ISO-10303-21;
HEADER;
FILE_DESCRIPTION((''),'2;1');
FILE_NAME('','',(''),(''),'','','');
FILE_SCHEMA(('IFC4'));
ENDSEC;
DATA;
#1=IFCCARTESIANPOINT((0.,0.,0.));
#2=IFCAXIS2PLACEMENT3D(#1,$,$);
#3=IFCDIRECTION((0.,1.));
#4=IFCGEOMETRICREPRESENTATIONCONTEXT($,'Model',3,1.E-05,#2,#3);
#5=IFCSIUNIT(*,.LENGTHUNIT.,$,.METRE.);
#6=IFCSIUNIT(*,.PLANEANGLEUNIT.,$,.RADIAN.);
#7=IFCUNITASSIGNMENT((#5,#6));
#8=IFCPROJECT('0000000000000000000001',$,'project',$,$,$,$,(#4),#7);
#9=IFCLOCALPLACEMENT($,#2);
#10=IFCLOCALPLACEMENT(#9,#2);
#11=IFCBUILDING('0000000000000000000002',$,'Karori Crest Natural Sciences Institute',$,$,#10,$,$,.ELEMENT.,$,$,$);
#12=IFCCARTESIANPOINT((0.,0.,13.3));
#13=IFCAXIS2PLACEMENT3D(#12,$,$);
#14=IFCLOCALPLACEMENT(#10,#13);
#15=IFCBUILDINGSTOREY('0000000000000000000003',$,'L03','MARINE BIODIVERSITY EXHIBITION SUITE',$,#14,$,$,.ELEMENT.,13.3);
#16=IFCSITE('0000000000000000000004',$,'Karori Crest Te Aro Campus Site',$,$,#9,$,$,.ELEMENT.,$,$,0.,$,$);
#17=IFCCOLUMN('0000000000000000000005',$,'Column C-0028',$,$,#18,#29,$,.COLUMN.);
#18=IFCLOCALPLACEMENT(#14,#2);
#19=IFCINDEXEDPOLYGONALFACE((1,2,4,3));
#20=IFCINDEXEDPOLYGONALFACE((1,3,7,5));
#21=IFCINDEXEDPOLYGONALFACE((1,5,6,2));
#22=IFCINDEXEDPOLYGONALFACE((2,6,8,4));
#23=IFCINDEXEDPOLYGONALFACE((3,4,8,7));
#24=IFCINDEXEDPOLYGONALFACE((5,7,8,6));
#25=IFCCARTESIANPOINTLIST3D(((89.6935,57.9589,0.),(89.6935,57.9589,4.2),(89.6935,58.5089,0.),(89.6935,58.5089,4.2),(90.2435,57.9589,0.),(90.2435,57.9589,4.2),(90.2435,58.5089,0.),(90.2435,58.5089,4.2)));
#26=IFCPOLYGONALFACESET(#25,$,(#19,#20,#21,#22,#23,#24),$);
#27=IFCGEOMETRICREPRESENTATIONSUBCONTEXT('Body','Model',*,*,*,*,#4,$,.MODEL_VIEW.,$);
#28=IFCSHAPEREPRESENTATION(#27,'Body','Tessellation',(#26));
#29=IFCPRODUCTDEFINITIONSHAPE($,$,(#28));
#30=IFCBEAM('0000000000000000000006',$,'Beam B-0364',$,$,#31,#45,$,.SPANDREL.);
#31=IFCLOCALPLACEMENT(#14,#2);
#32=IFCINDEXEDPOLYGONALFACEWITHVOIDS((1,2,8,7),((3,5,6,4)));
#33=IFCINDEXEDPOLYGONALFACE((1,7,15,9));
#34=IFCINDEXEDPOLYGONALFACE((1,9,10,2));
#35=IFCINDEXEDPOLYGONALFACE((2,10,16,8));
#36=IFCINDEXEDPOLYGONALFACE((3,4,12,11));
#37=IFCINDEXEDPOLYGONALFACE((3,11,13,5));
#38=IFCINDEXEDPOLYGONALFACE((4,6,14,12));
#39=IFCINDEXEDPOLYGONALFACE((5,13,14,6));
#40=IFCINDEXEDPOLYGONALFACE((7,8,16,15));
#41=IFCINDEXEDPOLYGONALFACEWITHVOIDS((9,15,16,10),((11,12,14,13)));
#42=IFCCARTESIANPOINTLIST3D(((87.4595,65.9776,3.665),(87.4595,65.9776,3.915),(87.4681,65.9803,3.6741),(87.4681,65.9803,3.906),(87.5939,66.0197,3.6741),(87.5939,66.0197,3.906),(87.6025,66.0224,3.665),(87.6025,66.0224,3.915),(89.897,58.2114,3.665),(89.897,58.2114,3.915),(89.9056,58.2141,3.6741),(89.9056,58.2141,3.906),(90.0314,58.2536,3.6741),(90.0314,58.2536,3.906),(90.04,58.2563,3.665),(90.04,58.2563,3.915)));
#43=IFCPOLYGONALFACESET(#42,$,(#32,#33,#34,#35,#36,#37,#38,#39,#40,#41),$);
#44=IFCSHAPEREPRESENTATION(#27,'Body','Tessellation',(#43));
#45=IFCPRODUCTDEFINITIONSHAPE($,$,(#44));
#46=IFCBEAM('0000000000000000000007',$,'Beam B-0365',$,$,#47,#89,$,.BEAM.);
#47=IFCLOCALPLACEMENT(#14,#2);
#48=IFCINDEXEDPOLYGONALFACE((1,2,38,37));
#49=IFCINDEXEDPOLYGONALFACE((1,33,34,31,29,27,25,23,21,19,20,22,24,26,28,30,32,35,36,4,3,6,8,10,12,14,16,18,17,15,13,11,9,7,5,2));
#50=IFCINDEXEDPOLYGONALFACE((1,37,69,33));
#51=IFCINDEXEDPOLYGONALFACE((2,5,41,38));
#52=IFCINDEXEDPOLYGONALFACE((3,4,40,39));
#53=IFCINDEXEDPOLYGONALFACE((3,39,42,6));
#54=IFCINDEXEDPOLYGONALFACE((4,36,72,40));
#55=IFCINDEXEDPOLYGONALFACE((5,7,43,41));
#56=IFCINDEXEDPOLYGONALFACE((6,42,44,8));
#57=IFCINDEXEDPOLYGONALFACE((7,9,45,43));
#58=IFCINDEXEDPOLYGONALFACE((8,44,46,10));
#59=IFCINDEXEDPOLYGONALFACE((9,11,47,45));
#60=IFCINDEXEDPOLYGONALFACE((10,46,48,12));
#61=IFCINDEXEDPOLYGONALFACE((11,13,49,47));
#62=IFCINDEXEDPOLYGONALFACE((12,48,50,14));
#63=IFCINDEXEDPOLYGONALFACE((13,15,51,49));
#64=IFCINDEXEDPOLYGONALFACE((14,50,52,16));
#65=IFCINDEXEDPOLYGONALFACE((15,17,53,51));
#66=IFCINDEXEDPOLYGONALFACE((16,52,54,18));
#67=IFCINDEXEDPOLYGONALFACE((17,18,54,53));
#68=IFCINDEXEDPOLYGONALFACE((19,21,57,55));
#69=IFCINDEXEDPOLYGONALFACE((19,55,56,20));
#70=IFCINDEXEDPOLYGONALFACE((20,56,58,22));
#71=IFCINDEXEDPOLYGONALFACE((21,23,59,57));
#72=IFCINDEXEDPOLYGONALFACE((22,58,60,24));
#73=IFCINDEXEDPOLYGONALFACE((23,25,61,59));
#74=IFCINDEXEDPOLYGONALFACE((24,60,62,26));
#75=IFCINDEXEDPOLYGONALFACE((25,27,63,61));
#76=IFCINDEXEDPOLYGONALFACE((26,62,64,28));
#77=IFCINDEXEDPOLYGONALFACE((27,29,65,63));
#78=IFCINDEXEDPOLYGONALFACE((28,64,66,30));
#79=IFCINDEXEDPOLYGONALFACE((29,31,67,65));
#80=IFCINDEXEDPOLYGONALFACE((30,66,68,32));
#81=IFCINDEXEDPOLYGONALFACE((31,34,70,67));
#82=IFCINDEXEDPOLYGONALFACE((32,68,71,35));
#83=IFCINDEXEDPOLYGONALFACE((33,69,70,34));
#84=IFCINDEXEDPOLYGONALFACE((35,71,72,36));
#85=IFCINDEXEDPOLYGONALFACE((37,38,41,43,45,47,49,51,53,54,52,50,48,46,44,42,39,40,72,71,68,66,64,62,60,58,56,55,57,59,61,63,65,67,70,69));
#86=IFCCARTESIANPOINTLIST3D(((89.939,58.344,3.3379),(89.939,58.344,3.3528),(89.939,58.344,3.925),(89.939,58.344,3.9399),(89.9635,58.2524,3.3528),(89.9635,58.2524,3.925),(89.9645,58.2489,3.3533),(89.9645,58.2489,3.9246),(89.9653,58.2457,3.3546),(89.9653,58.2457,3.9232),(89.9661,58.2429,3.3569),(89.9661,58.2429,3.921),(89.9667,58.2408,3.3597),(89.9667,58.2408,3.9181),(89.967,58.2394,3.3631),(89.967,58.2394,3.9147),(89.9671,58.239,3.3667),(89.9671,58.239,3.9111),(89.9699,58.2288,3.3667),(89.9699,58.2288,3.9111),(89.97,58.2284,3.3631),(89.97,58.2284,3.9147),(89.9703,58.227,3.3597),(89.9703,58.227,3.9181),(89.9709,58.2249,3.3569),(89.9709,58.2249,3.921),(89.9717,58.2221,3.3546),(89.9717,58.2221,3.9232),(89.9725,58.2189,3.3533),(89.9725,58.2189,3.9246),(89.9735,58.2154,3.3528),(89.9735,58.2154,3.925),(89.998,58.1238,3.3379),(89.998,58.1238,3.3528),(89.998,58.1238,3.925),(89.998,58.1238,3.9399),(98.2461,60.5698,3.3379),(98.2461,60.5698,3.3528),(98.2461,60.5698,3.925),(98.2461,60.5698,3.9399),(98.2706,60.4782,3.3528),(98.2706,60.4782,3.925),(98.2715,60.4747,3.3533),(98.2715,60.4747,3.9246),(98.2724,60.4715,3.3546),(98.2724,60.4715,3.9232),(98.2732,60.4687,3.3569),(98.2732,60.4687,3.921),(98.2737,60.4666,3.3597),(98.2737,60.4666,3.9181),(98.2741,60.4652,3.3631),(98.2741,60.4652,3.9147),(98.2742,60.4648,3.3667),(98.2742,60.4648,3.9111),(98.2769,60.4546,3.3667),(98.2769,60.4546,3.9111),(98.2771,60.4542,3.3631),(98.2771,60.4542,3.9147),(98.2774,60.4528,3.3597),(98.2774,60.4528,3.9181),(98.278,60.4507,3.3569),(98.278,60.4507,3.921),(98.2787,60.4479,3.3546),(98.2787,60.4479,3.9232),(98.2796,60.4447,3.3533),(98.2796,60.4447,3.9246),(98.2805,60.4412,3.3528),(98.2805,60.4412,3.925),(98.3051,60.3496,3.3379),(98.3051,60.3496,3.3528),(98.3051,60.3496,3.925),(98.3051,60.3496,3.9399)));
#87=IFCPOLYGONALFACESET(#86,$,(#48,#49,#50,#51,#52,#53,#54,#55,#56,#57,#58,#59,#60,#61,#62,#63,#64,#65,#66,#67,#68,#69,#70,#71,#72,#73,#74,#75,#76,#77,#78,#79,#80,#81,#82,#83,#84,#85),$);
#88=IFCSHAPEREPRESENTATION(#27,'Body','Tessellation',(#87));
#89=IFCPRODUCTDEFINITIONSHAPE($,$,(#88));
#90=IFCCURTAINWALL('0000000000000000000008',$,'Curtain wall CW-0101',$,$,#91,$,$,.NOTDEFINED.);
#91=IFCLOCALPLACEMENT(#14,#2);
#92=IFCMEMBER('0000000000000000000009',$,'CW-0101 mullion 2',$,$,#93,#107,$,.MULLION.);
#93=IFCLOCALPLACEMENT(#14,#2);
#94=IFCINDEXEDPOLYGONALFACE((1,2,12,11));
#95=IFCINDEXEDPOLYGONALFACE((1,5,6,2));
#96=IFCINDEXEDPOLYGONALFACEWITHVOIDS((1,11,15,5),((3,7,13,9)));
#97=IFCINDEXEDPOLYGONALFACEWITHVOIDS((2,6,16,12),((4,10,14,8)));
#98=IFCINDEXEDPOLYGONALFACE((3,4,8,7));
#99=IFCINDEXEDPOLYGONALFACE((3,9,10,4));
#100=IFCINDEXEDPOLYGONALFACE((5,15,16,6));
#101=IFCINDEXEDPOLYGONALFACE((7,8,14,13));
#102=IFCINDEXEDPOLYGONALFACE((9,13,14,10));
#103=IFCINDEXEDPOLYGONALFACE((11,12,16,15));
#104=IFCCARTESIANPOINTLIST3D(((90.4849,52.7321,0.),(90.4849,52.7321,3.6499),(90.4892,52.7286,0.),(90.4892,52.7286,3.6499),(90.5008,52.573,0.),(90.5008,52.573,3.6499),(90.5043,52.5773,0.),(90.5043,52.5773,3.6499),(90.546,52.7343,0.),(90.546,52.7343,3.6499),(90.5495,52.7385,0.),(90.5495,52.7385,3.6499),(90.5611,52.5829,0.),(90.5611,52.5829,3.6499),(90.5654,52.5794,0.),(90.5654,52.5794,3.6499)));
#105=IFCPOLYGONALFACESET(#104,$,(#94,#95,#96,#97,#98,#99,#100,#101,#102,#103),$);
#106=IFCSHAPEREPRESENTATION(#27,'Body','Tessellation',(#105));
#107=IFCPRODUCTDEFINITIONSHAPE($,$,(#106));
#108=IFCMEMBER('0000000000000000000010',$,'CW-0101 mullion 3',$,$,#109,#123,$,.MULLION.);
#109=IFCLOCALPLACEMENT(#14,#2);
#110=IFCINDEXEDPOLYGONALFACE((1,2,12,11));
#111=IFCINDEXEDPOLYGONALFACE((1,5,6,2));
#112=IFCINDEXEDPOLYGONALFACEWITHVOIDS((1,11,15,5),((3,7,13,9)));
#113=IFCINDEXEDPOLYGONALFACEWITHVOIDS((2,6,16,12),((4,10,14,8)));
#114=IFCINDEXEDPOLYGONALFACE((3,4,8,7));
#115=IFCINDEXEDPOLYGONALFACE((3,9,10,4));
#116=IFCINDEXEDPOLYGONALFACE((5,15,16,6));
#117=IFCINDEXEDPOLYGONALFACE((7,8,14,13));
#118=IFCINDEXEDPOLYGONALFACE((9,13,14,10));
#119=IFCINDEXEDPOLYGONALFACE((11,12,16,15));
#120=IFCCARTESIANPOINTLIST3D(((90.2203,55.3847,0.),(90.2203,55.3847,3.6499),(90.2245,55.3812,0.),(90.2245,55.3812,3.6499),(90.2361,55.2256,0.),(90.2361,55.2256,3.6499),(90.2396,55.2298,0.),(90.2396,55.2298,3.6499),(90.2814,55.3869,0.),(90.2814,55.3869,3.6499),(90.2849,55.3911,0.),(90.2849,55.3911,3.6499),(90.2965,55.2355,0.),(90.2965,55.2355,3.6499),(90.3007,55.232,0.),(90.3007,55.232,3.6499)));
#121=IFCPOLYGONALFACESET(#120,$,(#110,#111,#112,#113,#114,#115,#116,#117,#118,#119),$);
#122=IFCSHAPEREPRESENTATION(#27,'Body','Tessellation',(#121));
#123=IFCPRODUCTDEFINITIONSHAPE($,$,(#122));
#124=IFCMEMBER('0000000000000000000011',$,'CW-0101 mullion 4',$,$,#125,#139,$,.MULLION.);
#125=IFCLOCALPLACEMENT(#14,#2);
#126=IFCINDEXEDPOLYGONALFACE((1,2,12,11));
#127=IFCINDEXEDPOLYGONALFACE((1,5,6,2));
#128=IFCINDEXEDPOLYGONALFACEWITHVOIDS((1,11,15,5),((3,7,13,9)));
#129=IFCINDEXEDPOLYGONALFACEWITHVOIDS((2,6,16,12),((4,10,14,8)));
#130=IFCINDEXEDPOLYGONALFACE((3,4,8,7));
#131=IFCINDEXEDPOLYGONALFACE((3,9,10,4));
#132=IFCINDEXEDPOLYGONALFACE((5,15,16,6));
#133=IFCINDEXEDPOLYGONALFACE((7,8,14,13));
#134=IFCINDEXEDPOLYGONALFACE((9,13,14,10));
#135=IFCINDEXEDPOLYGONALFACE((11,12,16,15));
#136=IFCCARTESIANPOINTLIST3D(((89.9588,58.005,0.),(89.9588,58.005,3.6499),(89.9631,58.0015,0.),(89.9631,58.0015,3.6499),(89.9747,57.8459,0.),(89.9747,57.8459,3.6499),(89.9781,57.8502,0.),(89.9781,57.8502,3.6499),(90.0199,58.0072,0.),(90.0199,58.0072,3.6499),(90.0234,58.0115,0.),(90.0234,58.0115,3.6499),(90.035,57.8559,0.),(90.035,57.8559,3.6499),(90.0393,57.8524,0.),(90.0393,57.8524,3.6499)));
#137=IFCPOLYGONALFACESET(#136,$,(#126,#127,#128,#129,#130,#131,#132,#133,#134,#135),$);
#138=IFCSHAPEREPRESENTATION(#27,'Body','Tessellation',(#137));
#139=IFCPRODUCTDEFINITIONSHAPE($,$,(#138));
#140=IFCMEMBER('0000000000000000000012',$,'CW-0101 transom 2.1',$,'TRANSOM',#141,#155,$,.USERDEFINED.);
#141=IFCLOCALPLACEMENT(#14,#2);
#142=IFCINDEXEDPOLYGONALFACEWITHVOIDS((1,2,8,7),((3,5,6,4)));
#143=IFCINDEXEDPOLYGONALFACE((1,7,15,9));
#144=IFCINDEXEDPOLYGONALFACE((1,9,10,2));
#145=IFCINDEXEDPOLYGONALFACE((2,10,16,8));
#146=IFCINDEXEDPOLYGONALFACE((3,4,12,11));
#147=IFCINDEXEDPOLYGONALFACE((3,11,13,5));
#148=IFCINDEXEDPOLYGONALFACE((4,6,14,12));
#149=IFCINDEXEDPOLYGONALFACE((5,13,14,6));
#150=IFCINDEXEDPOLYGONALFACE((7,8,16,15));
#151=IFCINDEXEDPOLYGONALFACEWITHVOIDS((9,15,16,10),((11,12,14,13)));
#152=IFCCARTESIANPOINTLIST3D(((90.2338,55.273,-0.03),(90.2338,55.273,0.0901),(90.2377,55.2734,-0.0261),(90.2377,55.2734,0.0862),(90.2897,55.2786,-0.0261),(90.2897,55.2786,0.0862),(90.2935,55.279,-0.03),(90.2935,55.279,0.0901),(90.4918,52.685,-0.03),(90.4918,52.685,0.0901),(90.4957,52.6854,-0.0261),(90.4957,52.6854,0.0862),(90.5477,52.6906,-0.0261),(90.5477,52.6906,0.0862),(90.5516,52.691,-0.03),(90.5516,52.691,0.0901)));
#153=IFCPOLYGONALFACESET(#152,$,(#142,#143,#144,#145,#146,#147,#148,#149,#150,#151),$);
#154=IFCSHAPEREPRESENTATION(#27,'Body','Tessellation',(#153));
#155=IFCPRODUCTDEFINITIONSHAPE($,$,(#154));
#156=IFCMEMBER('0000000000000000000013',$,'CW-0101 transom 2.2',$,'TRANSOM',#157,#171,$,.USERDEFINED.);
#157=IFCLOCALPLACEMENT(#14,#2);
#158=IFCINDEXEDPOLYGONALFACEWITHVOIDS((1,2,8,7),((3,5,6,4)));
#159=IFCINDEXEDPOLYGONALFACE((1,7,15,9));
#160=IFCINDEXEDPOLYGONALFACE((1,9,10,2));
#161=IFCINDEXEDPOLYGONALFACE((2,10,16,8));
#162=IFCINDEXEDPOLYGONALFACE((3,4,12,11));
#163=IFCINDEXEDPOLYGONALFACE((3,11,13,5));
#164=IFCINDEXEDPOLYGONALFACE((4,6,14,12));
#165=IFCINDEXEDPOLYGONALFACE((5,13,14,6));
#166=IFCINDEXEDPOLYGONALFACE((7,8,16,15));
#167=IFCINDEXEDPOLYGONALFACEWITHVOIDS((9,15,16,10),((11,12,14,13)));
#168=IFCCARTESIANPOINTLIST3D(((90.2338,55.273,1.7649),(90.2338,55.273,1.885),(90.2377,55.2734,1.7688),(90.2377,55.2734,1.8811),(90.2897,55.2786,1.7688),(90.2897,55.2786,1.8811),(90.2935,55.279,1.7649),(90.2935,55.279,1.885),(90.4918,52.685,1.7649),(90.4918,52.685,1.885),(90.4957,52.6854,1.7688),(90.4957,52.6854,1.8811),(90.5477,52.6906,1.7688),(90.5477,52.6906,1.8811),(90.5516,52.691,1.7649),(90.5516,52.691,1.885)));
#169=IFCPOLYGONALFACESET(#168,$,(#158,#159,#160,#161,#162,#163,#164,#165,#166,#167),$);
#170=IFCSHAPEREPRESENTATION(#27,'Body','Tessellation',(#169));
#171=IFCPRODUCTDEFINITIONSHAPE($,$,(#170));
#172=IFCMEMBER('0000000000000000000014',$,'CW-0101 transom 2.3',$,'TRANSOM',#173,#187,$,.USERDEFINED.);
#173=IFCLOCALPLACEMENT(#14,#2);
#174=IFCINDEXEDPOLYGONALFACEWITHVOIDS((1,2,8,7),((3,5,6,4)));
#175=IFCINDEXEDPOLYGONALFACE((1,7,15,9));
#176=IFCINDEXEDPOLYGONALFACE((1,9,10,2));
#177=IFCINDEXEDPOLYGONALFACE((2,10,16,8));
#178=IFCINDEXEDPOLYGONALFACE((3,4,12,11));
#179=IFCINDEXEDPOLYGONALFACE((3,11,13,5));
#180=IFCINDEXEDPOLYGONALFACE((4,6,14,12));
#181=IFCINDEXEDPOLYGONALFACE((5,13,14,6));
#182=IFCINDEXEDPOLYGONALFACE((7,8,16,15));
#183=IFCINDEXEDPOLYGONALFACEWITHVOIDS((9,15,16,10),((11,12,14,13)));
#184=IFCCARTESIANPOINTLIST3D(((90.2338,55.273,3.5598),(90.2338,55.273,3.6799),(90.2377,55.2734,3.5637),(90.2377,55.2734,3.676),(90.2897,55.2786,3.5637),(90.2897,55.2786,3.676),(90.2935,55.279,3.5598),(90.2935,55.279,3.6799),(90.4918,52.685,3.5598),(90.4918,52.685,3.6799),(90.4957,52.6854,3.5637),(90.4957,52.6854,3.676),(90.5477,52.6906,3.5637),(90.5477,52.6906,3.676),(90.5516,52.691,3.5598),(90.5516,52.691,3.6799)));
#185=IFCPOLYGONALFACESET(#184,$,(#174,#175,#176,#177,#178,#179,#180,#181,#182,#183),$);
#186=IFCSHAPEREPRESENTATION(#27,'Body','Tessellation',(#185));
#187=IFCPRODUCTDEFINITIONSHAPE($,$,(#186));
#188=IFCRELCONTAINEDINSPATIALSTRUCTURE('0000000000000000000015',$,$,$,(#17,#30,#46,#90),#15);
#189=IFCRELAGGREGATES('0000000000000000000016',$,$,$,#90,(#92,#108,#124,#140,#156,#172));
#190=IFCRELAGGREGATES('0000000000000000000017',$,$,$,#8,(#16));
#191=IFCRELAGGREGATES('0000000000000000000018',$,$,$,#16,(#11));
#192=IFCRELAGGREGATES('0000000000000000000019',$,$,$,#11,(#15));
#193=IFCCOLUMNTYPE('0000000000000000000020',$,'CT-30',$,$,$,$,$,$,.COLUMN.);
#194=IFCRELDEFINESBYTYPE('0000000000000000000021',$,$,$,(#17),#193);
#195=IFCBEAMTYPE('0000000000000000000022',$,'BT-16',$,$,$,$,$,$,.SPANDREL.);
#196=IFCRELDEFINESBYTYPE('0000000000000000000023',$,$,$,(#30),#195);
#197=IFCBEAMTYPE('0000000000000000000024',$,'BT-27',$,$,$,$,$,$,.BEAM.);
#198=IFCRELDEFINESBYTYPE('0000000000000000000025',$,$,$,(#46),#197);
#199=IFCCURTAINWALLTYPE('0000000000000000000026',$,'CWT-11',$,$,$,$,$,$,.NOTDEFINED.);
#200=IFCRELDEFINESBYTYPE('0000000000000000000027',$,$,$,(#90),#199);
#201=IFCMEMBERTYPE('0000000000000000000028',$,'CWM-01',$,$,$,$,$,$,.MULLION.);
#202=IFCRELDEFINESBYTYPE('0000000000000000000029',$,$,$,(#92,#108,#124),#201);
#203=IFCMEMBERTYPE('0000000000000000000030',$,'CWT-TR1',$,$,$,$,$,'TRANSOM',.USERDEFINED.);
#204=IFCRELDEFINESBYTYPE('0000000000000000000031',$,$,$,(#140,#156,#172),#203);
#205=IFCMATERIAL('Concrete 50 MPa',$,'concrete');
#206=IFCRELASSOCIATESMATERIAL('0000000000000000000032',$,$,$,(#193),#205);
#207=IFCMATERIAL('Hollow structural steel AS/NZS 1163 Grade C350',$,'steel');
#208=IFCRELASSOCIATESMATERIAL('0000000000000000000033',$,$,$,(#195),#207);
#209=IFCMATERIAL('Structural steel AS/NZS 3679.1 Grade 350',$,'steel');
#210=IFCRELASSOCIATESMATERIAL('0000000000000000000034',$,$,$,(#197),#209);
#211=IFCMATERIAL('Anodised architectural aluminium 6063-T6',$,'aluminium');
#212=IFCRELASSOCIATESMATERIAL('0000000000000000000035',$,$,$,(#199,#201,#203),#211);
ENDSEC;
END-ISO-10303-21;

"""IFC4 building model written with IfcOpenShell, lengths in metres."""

from ifc_helpers import new_model, si_unit, direction, frame, origin, origin_2d, place, context, subcontext, project, spatial, rectangle, hollow_rectangle, i_section, extrude, material, material_profile, profile_set, type_object, element, aggregate, save


model = new_model("IFC4")

# Units and contexts
model_context = context("Model", 3, precision=1e-05, world=origin(), true_north=direction((0.0, 1.0)))
body_context = subcontext(model_context, "Body", "Model", "MODEL_VIEW")
ifc_project = project(units=[si_unit("LENGTHUNIT", "METRE"), si_unit("PLANEANGLEUNIT", "RADIAN")], contexts=[model_context])

# Site, building, storey
site_placement = place(None, origin())
site = spatial("IfcSite", under=ifc_project, at=site_placement, Name="Karori Crest Te Aro Campus Site", CompositionType="ELEMENT", RefElevation=0.0)
building_placement = place(site_placement, origin())
building = spatial("IfcBuilding", under=site, at=building_placement, Name="Karori Crest Natural Sciences Institute", CompositionType="ELEMENT")
storey_placement = place(building_placement, frame((0.0, 0.0, 13.3)))
storey = spatial("IfcBuildingStorey", under=building, at=storey_placement, Name="L03", Description="MARINE BIODIVERSITY EXHIBITION SUITE", CompositionType="ELEMENT", Elevation=13.3)

# Column
ifc_material_1 = material(Name="Concrete 50 MPa", Category="concrete")
ifc_material_profile_1 = material_profile(ifc_material_1, rectangle(XDim=0.55, YDim=0.55, at=origin_2d()), Name="RC550x550")
ifc_profile_set_1 = profile_set([ifc_material_profile_1], Name="Concrete 50 MPa")
column_type = type_object("IfcColumnType", Name="CT-30", PredefinedType="COLUMN", material=ifc_profile_set_1)
column_placement = place(storey_placement, frame((89.9685, 58.2339, 0.0), z_axis=(0.0, 0.0, 1.0), x_axis=(1.0, 0.0, 0.0)))
element("IfcColumn", 1, at=column_placement, inside=storey, type_object=column_type, Name="Column C-0028", PredefinedType="COLUMN", context=body_context, shape_type="SweptSolid", body=[
    extrude(rectangle(XDim=0.55, YDim=0.55, at=origin_2d()), origin(), (0.0, 0.0, 1.0), 4.2),
])

# Beams
ifc_material_2 = material(Name="Hollow structural steel AS/NZS 1163 Grade C350", Category="steel")
ifc_material_profile_2 = material_profile(ifc_material_2, hollow_rectangle(XDim=0.1499, YDim=0.25, WallThickness=0.009, at=origin_2d()), Name="RHS250x150x9")
ifc_profile_set_2 = profile_set([ifc_material_profile_2], Name="Hollow structural steel AS/NZS 1163 Grade C350")
beam_type_1 = type_object("IfcBeamType", Name="BT-16", PredefinedType="SPANDREL", material=ifc_profile_set_2)
beam_1_placement = place(storey_placement, frame((89.9685, 58.2339, 3.79), z_axis=(-0.29946, 0.954109, 0.0), x_axis=(-0.954109, -0.29946, 0.0)))
element("IfcBeam", 2, at=beam_1_placement, inside=storey, type_object=beam_type_1, Name="Beam B-0364", PredefinedType="SPANDREL", context=body_context, shape_type="SweptSolid", body=[
    extrude(hollow_rectangle(XDim=0.1499, YDim=0.25, WallThickness=0.009, at=origin_2d()), origin(), (0.0, 0.0, 1.0), 8.1396),
])
ifc_material_3 = material(Name="Structural steel AS/NZS 3679.1 Grade 350", Category="steel")
ifc_material_profile_3 = material_profile(ifc_material_3, i_section(OverallWidth=0.228, OverallDepth=0.6021, WebThickness=0.0105, FlangeThickness=0.0149, FilletRadius=0.0139, at=origin_2d()), Name="610UB101")
ifc_profile_set_3 = profile_set([ifc_material_profile_3], Name="Structural steel AS/NZS 3679.1 Grade 350")
beam_type_2 = type_object("IfcBeamType", Name="BT-27", PredefinedType="BEAM", material=ifc_profile_set_3)
beam_2_placement = place(storey_placement, frame((89.9685, 58.2339, 3.6389), z_axis=(0.965928, 0.258813, 0.0), x_axis=(-0.258813, 0.965928, 0.0)))
element("IfcBeam", 3, at=beam_2_placement, inside=storey, type_object=beam_type_2, Name="Beam B-0365", PredefinedType="BEAM", context=body_context, shape_type="SweptSolid", body=[
    extrude(i_section(OverallWidth=0.228, OverallDepth=0.6021, WebThickness=0.0105, FlangeThickness=0.0149, FilletRadius=0.0139, at=origin_2d()), origin(), (0.0, 0.0, 1.0), 8.6001),
])

# Curtain wall, members
ifc_material_4 = material(Name="Anodised architectural aluminium 6063-T6", Category="aluminium")
curtain_wall_type = type_object("IfcCurtainWallType", Name="CWT-11", PredefinedType="NOTDEFINED", material=ifc_material_4)
curtain_wall_placement = place(storey_placement, origin())
curtain_wall = element("IfcCurtainWall", 4, at=curtain_wall_placement, inside=storey, type_object=curtain_wall_type, Name="Curtain wall CW-0101", PredefinedType="NOTDEFINED")
ifc_material_profile_4 = material_profile(ifc_material_4, hollow_rectangle(XDim=0.0649, YDim=0.1599, WallThickness=0.0039, at=origin_2d()), Name="CWM160x65x4")
ifc_profile_set_4 = profile_set([ifc_material_profile_4], Name="Anodised architectural aluminium 6063-T6")
member_type_1 = type_object("IfcMemberType", Name="CWM-01", PredefinedType="MULLION", material=ifc_profile_set_4)
member_1_placement = place(storey_placement, frame((90.5251, 52.6558, 0.0), z_axis=(0.0, 0.0, 1.0), x_axis=(-0.995061, -0.099268, 0.0)))
member_1 = element("IfcMember", 5, at=member_1_placement, type_object=member_type_1, Name="CW-0101 mullion 2", PredefinedType="MULLION", context=body_context, shape_type="SweptSolid", body=[
    extrude(hollow_rectangle(XDim=0.0649, YDim=0.1599, WallThickness=0.0039, at=origin_2d()), origin(), (0.0, 0.0, 1.0), 3.6499),
])
member_2_placement = place(storey_placement, frame((90.2605, 55.3083, 0.0), z_axis=(0.0, 0.0, 1.0), x_axis=(-0.995061, -0.099268, 0.0)))
member_2 = element("IfcMember", 6, at=member_2_placement, type_object=member_type_1, Name="CW-0101 mullion 3", PredefinedType="MULLION", context=body_context, shape_type="SweptSolid", body=[
    extrude(hollow_rectangle(XDim=0.0649, YDim=0.1599, WallThickness=0.0039, at=origin_2d()), origin(), (0.0, 0.0, 1.0), 3.6499),
])
member_3_placement = place(storey_placement, frame((89.999, 57.9287, 0.0), z_axis=(0.0, 0.0, 1.0), x_axis=(-0.995061, -0.099268, 0.0)))
member_3 = element("IfcMember", 7, at=member_3_placement, type_object=member_type_1, Name="CW-0101 mullion 4", PredefinedType="MULLION", context=body_context, shape_type="SweptSolid", body=[
    extrude(hollow_rectangle(XDim=0.0649, YDim=0.1599, WallThickness=0.0039, at=origin_2d()), origin(), (0.0, 0.0, 1.0), 3.6499),
])
ifc_material_profile_5 = material_profile(ifc_material_4, hollow_rectangle(XDim=0.0601, YDim=0.1201, WallThickness=0.0039, at=origin_2d()), Name="CWT120x60x4")
ifc_profile_set_5 = profile_set([ifc_material_profile_5], Name="Anodised architectural aluminium 6063-T6")
member_type_2 = type_object("IfcMemberType", Name="CWT-TR1", ElementType="TRANSOM", PredefinedType="USERDEFINED", material=ifc_profile_set_5)
member_4_placement = place(storey_placement, frame((90.5217, 52.688, 0.03), z_axis=(-0.099225, 0.995065, 0.0), x_axis=(-0.995065, -0.099225, 0.0)))
member_4 = element("IfcMember", 8, at=member_4_placement, type_object=member_type_2, Name="CW-0101 transom 2.1", ObjectType="TRANSOM", PredefinedType="USERDEFINED", context=body_context, shape_type="SweptSolid", body=[
    extrude(hollow_rectangle(XDim=0.0601, YDim=0.1201, WallThickness=0.0039, at=origin_2d()), origin(), (0.0, 0.0, 1.0), 2.6008),
])
member_5_placement = place(storey_placement, frame((90.5217, 52.688, 1.825), z_axis=(-0.099225, 0.995065, 0.0), x_axis=(-0.995065, -0.099225, 0.0)))
member_5 = element("IfcMember", 9, at=member_5_placement, type_object=member_type_2, Name="CW-0101 transom 2.2", ObjectType="TRANSOM", PredefinedType="USERDEFINED", context=body_context, shape_type="SweptSolid", body=[
    extrude(hollow_rectangle(XDim=0.0601, YDim=0.1201, WallThickness=0.0039, at=origin_2d()), origin(), (0.0, 0.0, 1.0), 2.6008),
])
member_6_placement = place(storey_placement, frame((90.5217, 52.688, 3.6199), z_axis=(-0.099225, 0.995065, 0.0), x_axis=(-0.995065, -0.099225, 0.0)))
member_6 = element("IfcMember", 10, at=member_6_placement, type_object=member_type_2, Name="CW-0101 transom 2.3", ObjectType="TRANSOM", PredefinedType="USERDEFINED", context=body_context, shape_type="SweptSolid", body=[
    extrude(hollow_rectangle(XDim=0.0601, YDim=0.1201, WallThickness=0.0039, at=origin_2d()), origin(), (0.0, 0.0, 1.0), 2.6008),
])
aggregate(curtain_wall, [member_1, member_2, member_3, member_4, member_5, member_6])

save(model, "model.ifc")
